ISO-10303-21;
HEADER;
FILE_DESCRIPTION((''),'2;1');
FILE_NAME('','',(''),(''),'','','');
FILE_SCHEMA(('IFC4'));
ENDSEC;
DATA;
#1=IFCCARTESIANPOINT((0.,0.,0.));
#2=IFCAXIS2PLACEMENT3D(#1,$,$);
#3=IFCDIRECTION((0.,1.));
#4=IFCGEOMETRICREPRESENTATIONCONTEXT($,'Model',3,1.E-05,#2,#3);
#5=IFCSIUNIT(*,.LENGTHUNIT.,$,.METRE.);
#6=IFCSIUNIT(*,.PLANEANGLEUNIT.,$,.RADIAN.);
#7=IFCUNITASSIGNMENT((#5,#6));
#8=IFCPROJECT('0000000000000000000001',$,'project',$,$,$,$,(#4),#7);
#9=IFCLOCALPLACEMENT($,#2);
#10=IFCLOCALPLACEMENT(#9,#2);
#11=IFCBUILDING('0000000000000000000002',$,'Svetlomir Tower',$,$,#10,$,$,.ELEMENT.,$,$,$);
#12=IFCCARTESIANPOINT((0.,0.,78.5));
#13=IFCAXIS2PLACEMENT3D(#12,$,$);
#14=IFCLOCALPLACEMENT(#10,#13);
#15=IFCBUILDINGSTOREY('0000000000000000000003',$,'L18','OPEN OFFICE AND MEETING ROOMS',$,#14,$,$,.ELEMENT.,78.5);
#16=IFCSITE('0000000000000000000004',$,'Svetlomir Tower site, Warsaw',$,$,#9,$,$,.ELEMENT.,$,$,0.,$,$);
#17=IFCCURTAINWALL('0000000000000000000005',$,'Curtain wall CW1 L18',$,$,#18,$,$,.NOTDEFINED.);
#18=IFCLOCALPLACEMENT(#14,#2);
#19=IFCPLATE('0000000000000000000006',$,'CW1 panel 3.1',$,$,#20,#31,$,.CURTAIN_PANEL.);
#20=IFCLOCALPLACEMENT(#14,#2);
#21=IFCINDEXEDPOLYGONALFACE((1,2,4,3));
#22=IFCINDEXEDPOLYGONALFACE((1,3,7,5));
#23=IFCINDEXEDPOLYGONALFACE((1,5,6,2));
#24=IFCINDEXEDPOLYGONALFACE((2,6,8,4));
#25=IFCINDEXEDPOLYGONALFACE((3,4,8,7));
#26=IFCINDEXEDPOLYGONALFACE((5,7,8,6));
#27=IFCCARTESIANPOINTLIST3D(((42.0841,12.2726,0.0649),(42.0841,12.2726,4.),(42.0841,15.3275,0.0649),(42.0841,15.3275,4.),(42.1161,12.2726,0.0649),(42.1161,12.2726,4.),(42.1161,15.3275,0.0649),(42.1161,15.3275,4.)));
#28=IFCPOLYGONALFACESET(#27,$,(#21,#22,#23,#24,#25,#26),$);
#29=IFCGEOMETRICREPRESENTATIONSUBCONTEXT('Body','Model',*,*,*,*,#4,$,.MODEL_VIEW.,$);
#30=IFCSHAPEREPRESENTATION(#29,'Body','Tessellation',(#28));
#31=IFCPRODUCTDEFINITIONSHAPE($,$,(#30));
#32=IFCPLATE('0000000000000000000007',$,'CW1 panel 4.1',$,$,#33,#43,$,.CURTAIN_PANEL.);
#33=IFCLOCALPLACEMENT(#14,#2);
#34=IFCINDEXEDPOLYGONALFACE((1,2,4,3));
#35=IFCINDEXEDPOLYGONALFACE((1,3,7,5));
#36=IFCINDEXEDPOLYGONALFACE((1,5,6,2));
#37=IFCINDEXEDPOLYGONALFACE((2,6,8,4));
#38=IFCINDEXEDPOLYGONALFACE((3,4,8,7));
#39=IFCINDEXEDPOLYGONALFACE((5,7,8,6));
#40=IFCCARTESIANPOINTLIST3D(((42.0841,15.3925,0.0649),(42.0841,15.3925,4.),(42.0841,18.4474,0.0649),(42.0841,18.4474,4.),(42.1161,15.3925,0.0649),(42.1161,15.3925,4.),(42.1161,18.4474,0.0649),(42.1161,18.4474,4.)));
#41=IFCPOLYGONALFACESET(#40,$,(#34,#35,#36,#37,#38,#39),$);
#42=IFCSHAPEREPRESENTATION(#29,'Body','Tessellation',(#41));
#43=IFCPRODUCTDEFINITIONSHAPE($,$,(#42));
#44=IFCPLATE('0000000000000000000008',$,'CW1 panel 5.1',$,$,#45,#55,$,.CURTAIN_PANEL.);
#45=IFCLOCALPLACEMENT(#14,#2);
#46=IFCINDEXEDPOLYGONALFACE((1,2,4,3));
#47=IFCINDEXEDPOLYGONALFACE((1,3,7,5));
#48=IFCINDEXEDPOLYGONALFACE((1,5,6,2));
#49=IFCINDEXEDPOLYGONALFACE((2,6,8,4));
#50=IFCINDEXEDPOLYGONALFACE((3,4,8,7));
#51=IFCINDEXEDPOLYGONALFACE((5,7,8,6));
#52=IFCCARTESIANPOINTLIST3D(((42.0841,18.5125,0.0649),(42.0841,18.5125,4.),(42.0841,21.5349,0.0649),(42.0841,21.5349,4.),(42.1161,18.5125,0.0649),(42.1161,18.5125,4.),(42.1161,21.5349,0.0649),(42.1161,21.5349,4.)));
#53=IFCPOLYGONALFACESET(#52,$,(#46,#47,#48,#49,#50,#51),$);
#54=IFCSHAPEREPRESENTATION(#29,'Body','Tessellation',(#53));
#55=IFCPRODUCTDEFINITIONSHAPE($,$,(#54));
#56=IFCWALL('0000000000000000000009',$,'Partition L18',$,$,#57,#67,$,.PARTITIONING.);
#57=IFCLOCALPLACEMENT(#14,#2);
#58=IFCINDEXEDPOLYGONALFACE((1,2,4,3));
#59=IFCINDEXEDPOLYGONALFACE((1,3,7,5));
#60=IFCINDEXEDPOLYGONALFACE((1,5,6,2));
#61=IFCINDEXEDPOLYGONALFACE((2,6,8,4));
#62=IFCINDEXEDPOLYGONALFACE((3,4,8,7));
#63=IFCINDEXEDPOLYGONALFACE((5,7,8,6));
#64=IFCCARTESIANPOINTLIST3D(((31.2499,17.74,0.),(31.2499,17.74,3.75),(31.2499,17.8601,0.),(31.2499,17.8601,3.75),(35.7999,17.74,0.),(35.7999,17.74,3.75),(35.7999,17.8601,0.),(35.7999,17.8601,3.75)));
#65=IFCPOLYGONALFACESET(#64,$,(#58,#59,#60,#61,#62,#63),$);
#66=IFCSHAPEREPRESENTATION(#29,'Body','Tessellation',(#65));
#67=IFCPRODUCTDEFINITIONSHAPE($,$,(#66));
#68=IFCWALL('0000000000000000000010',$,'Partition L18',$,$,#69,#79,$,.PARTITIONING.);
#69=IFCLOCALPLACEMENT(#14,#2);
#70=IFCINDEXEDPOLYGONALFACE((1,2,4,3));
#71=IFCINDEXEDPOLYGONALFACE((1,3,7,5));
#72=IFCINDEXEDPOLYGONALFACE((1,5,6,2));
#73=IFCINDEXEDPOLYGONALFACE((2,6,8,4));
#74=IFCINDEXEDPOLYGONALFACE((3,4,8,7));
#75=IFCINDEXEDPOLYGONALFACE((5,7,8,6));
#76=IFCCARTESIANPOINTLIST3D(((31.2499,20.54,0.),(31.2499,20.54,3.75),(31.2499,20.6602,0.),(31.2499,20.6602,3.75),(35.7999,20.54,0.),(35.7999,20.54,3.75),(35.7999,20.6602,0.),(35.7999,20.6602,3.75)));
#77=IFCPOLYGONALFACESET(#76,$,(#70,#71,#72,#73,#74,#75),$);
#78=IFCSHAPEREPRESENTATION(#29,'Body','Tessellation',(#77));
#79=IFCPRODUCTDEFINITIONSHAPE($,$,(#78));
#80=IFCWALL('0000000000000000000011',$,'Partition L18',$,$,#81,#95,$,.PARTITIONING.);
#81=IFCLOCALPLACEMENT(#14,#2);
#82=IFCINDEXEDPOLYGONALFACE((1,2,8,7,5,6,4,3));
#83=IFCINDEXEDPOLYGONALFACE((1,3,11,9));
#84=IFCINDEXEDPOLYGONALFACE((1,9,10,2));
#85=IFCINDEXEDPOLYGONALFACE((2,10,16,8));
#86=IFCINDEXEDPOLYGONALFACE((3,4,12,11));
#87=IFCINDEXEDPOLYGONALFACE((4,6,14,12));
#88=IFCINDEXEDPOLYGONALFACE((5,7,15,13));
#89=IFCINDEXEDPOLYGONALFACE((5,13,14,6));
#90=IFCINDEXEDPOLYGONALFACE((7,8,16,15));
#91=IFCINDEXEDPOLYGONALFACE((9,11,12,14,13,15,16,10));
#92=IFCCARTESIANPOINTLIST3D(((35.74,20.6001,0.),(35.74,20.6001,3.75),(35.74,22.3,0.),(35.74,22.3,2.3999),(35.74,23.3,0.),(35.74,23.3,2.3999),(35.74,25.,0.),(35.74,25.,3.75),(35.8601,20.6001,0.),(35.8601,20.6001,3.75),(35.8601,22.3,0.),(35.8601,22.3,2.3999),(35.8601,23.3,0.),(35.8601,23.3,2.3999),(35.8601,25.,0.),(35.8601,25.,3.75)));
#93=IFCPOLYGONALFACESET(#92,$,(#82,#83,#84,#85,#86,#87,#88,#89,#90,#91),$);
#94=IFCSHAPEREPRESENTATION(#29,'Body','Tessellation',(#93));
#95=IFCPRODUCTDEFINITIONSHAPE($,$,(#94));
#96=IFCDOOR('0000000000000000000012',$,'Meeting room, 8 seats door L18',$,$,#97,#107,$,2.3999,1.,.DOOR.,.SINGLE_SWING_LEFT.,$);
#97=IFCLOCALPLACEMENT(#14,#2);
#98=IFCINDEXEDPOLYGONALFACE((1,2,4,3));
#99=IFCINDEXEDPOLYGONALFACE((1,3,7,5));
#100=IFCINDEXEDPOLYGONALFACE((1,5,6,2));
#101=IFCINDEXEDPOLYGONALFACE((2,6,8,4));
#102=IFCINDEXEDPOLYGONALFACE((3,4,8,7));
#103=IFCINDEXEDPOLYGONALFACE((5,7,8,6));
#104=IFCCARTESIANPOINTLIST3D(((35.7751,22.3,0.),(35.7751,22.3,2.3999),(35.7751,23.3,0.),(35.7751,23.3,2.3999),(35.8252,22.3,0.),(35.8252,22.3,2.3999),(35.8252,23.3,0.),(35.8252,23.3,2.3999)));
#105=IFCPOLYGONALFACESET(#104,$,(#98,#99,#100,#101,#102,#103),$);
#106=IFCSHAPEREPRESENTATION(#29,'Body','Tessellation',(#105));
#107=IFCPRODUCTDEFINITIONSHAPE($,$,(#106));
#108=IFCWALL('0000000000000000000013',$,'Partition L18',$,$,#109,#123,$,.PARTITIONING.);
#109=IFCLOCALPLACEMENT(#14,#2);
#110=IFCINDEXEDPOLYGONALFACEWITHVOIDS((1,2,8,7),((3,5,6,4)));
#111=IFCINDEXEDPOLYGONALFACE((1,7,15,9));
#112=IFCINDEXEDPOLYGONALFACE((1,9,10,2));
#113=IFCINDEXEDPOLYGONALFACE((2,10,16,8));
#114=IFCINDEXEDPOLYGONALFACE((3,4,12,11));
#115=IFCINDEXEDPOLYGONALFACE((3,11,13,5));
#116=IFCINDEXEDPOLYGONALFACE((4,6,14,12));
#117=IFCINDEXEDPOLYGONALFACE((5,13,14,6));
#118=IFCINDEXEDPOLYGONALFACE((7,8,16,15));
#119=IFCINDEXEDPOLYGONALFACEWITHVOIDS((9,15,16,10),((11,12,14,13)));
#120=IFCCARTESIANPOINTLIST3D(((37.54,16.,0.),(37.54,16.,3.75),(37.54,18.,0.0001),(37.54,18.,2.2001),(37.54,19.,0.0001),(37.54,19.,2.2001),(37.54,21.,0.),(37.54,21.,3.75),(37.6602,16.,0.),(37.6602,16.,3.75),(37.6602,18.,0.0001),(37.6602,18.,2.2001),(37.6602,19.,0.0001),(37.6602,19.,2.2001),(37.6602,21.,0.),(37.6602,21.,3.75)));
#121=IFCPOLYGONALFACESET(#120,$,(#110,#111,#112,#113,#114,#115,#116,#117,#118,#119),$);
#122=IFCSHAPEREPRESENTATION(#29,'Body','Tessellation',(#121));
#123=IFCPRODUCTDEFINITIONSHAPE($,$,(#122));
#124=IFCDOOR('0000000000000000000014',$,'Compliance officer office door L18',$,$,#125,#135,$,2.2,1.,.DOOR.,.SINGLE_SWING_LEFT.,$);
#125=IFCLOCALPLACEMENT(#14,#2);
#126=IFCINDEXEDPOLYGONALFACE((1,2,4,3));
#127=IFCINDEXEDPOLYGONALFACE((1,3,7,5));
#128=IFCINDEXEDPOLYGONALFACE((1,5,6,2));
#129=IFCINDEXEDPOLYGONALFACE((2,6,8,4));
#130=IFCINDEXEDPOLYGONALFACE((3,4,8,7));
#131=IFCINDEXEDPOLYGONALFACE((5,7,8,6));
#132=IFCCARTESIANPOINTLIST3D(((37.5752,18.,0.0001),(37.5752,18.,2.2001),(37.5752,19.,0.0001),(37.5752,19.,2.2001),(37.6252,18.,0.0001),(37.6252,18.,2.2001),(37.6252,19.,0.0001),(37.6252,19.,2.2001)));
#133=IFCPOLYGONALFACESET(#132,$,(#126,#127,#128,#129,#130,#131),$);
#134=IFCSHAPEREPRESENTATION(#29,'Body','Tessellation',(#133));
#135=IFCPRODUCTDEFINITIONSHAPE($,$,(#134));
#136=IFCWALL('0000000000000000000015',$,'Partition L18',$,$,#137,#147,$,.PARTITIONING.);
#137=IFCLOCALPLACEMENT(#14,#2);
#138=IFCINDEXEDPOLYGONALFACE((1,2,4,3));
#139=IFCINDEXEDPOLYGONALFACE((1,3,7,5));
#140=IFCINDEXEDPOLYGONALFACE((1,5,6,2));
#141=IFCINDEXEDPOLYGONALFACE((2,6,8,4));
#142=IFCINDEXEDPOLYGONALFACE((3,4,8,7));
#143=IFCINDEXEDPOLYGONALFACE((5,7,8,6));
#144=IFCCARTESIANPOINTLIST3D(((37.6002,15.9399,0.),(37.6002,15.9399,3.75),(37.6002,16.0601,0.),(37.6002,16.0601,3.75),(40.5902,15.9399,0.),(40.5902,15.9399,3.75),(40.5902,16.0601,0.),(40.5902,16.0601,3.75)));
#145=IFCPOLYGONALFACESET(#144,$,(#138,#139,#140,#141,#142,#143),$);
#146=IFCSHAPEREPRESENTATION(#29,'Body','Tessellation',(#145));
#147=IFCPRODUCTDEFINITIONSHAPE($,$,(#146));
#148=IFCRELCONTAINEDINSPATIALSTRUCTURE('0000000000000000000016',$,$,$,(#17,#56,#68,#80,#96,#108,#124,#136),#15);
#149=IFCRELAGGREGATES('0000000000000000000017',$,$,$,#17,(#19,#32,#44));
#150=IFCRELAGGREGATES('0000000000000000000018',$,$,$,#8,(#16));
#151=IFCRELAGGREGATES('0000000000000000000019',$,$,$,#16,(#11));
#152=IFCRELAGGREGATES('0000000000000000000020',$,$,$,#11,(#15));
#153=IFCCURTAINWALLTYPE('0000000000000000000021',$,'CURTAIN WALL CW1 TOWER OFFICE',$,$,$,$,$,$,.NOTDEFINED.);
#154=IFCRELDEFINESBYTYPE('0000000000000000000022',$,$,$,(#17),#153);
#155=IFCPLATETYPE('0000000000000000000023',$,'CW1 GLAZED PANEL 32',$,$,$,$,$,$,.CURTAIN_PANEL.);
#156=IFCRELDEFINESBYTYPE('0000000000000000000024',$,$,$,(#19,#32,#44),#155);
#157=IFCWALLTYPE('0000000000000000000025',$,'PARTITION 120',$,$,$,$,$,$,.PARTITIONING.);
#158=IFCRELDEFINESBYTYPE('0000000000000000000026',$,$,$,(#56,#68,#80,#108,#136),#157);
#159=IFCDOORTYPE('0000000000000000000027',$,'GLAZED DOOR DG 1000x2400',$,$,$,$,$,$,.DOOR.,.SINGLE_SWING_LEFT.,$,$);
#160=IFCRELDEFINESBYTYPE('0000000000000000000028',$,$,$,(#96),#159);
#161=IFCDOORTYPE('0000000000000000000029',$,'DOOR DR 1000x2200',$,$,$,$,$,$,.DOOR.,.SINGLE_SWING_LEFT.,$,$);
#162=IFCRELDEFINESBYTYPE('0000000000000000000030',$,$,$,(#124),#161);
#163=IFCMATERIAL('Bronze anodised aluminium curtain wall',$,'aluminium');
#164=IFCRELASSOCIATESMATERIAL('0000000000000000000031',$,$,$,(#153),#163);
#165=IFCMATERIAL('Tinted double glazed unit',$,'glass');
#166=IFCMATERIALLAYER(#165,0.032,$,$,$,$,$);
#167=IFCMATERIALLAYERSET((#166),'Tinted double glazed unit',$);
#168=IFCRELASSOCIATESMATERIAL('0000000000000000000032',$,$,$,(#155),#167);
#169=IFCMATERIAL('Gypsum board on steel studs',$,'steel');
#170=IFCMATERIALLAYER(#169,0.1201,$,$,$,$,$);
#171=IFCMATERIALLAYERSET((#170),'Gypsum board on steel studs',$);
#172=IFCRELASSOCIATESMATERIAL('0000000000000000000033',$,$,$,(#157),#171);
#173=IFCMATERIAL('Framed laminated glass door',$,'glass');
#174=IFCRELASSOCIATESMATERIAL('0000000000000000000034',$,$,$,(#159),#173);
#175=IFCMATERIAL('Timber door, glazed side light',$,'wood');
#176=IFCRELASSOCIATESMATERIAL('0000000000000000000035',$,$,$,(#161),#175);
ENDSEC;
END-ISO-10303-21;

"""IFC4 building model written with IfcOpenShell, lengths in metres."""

from ifc_helpers import new_model, si_unit, direction, frame, frame_2d, origin, origin_2d, place, context, subcontext, project, spatial, rectangle, extrude, material, layer, layer_set, type_object, element, fill, aggregate, save


model = new_model("IFC4")

# Units and contexts
model_context = context("Model", 3, precision=1e-05, world=origin(), true_north=direction((0.0, 1.0)))
body_context = subcontext(model_context, "Body", "Model", "MODEL_VIEW")
ifc_project = project(units=[si_unit("LENGTHUNIT", "METRE"), si_unit("PLANEANGLEUNIT", "RADIAN")], contexts=[model_context])

# Site, building, storey
site_placement = place(None, origin())
site = spatial("IfcSite", under=ifc_project, at=site_placement, Name="Svetlomir Tower site, Warsaw", CompositionType="ELEMENT", RefElevation=0.0)
building_placement = place(site_placement, origin())
building = spatial("IfcBuilding", under=site, at=building_placement, Name="Svetlomir Tower", CompositionType="ELEMENT")
storey_placement = place(building_placement, frame((0.0, 0.0, 78.5)))
storey = spatial("IfcBuildingStorey", under=building, at=storey_placement, Name="L18", Description="OPEN OFFICE AND MEETING ROOMS", CompositionType="ELEMENT", Elevation=78.5)

# Curtain wall
ifc_material_1 = material(Name="Bronze anodised aluminium curtain wall", Category="aluminium")
curtain_wall_type = type_object("IfcCurtainWallType", Name="CURTAIN WALL CW1 TOWER OFFICE", PredefinedType="NOTDEFINED", material=ifc_material_1)
curtain_wall_placement = place(storey_placement, origin())
curtain_wall = element("IfcCurtainWall", 1, at=curtain_wall_placement, inside=storey, type_object=curtain_wall_type, Name="Curtain wall CW1 L18", PredefinedType="NOTDEFINED")

# Plates
ifc_material_2 = material(Name="Tinted double glazed unit", Category="glass")
ifc_layer_1 = layer(ifc_material_2, 0.032)
ifc_layer_set_1 = layer_set([ifc_layer_1], Name="Tinted double glazed unit")
plate_type = type_object("IfcPlateType", Name="CW1 GLAZED PANEL 32", PredefinedType="CURTAIN_PANEL", material=ifc_layer_set_1)
plate_1_placement = place(storey_placement, frame((42.1001, 13.8, 0.0649), z_axis=(0.0, 0.0, 1.0), x_axis=(0.0, 1.0, 0.0)))
plate_1 = element("IfcPlate", 2, at=plate_1_placement, type_object=plate_type, Name="CW1 panel 3.1", PredefinedType="CURTAIN_PANEL", context=body_context, shape_type="SweptSolid", body=[
    extrude(rectangle(XDim=3.0549, YDim=0.032, at=origin_2d()), origin(), (0.0, 0.0, 1.0), 3.9351),
])
plate_2_placement = place(storey_placement, frame((42.1001, 16.9199, 0.0649), z_axis=(0.0, 0.0, 1.0), x_axis=(0.0, 1.0, 0.0)))
plate_2 = element("IfcPlate", 3, at=plate_2_placement, type_object=plate_type, Name="CW1 panel 4.1", PredefinedType="CURTAIN_PANEL", context=body_context, shape_type="SweptSolid", body=[
    extrude(rectangle(XDim=3.0549, YDim=0.032, at=origin_2d()), origin(), (0.0, 0.0, 1.0), 3.9351),
])
plate_3_placement = place(storey_placement, frame((42.1001, 20.0237, 0.0649), z_axis=(0.0, 0.0, 1.0), x_axis=(0.0, 1.0, 0.0)))
plate_3 = element("IfcPlate", 4, at=plate_3_placement, type_object=plate_type, Name="CW1 panel 5.1", PredefinedType="CURTAIN_PANEL", context=body_context, shape_type="SweptSolid", body=[
    extrude(rectangle(XDim=3.0225, YDim=0.032, at=origin_2d()), origin(), (0.0, 0.0, 1.0), 3.9351),
])
aggregate(curtain_wall, [plate_1, plate_2, plate_3])

# Walls
ifc_material_3 = material(Name="Gypsum board on steel studs", Category="steel")
ifc_layer_2 = layer(ifc_material_3, 0.1201)
ifc_layer_set_2 = layer_set([ifc_layer_2], Name="Gypsum board on steel studs")
wall_type = type_object("IfcWallType", Name="PARTITION 120", PredefinedType="PARTITIONING", material=ifc_layer_set_2)
for number, where, z_axis, x_axis, name in (
    (5, (31.25, 17.8, 0.0), (0.0, 0.0, 1.0), (1.0, 0.0, 0.0), "Partition L18"),
    (6, (31.25, 20.6001, 0.0), (0.0, 0.0, 1.0), (1.0, 0.0, 0.0), "Partition L18"),
):
    element("IfcWall", number, at=place(storey_placement, frame(where, z_axis=z_axis, x_axis=x_axis)), inside=storey, type_object=wall_type, Name=name, PredefinedType="PARTITIONING", context=body_context, shape_type="SweptSolid", body=[
        extrude(rectangle(XDim=4.55, YDim=0.1201, at=frame_2d((2.2749, 0.0))), origin(), (0.0, 0.0, 1.0), 3.75),
    ])

# Walls, openings, doors
wall_1_placement = place(storey_placement, frame((35.8, 20.6001, 0.0), z_axis=(0.0, 0.0, 1.0), x_axis=(0.0, 1.0, 0.0)))
wall_1 = element("IfcWall", 7, at=wall_1_placement, inside=storey, type_object=wall_type, Name="Partition L18", PredefinedType="PARTITIONING", context=body_context, shape_type="SweptSolid", body=[
    extrude(rectangle(XDim=4.3999, YDim=0.1201, at=frame_2d((2.2, 0.0))), origin(), (0.0, 0.0, 1.0), 3.75),
])
opening_1_placement = place(wall_1_placement, frame((1.7, 0.0, 0.0)))
opening_1 = element("IfcOpeningElement", 8, at=opening_1_placement, cuts=wall_1, PredefinedType="OPENING", context=body_context, shape_type="SweptSolid", body=[
    extrude(rectangle(XDim=1.0, YDim=2.3999, at=frame_2d((0.5, 1.2))), frame((0.0, 0.0701, 0.0), z_axis=(0.0, -1.0, 0.0), x_axis=(1.0, 0.0, 0.0)), (0.0, 0.0, 1.0), 0.1401),
])
ifc_material_4 = material(Name="Framed laminated glass door", Category="glass")
door_type_1 = type_object("IfcDoorType", Name="GLAZED DOOR DG 1000x2400", OperationType="SINGLE_SWING_LEFT", PredefinedType="DOOR", material=ifc_material_4)
door_1_placement = place(opening_1_placement, origin())
door_1 = element("IfcDoor", 9, at=door_1_placement, inside=storey, type_object=door_type_1, Name="Meeting room, 8 seats door L18", OperationType="SINGLE_SWING_LEFT", OverallHeight=2.3999, OverallWidth=1.0, PredefinedType="DOOR", context=body_context, shape_type="SweptSolid", body=[
    extrude(rectangle(XDim=1.0, YDim=2.3999, at=frame_2d((0.5, 1.2))), frame((0.0, 0.0249, 0.0), z_axis=(0.0, -1.0, 0.0), x_axis=(1.0, 0.0, 0.0)), (0.0, 0.0, 1.0), 0.05),
])
fill(opening_1, door_1)
wall_2_placement = place(storey_placement, frame((37.6001, 16.0, 0.0), z_axis=(0.0, 0.0, 1.0), x_axis=(0.0, 1.0, 0.0)))
wall_2 = element("IfcWall", 10, at=wall_2_placement, inside=storey, type_object=wall_type, Name="Partition L18", PredefinedType="PARTITIONING", context=body_context, shape_type="SweptSolid", body=[
    extrude(rectangle(XDim=5.0, YDim=0.1201, at=frame_2d((2.5, 0.0))), origin(), (0.0, 0.0, 1.0), 3.75),
])
opening_2_placement = place(wall_2_placement, frame((2.0, 0.0, 0.0)))
opening_2 = element("IfcOpeningElement", 11, at=opening_2_placement, cuts=wall_2, PredefinedType="OPENING", context=body_context, shape_type="SweptSolid", body=[
    extrude(rectangle(XDim=1.0, YDim=2.2, at=frame_2d((0.5, 1.1001))), frame((0.0, 0.0701, 0.0), z_axis=(0.0, -1.0, 0.0), x_axis=(1.0, 0.0, 0.0)), (0.0, 0.0, 1.0), 0.1401),
])
ifc_material_5 = material(Name="Timber door, glazed side light", Category="wood")
door_type_2 = type_object("IfcDoorType", Name="DOOR DR 1000x2200", OperationType="SINGLE_SWING_LEFT", PredefinedType="DOOR", material=ifc_material_5)
door_2_placement = place(opening_2_placement, origin())
door_2 = element("IfcDoor", 12, at=door_2_placement, inside=storey, type_object=door_type_2, Name="Compliance officer office door L18", OperationType="SINGLE_SWING_LEFT", OverallHeight=2.2, OverallWidth=1.0, PredefinedType="DOOR", context=body_context, shape_type="SweptSolid", body=[
    extrude(rectangle(XDim=1.0, YDim=2.2, at=frame_2d((0.5, 1.1001))), frame((0.0, 0.0249, 0.0), z_axis=(0.0, -1.0, 0.0), x_axis=(1.0, 0.0, 0.0)), (0.0, 0.0, 1.0), 0.05),
])
fill(opening_2, door_2)

# Wall
wall_3_placement = place(storey_placement, frame((37.6001, 16.0, 0.0), z_axis=(0.0, 0.0, 1.0), x_axis=(1.0, 0.0, 0.0)))
element("IfcWall", 13, at=wall_3_placement, inside=storey, type_object=wall_type, Name="Partition L18", PredefinedType="PARTITIONING", context=body_context, shape_type="SweptSolid", body=[
    extrude(rectangle(XDim=2.99, YDim=0.1201, at=frame_2d((1.4951, 0.0))), origin(), (0.0, 0.0, 1.0), 3.75),
])

save(model, "model.ifc")
